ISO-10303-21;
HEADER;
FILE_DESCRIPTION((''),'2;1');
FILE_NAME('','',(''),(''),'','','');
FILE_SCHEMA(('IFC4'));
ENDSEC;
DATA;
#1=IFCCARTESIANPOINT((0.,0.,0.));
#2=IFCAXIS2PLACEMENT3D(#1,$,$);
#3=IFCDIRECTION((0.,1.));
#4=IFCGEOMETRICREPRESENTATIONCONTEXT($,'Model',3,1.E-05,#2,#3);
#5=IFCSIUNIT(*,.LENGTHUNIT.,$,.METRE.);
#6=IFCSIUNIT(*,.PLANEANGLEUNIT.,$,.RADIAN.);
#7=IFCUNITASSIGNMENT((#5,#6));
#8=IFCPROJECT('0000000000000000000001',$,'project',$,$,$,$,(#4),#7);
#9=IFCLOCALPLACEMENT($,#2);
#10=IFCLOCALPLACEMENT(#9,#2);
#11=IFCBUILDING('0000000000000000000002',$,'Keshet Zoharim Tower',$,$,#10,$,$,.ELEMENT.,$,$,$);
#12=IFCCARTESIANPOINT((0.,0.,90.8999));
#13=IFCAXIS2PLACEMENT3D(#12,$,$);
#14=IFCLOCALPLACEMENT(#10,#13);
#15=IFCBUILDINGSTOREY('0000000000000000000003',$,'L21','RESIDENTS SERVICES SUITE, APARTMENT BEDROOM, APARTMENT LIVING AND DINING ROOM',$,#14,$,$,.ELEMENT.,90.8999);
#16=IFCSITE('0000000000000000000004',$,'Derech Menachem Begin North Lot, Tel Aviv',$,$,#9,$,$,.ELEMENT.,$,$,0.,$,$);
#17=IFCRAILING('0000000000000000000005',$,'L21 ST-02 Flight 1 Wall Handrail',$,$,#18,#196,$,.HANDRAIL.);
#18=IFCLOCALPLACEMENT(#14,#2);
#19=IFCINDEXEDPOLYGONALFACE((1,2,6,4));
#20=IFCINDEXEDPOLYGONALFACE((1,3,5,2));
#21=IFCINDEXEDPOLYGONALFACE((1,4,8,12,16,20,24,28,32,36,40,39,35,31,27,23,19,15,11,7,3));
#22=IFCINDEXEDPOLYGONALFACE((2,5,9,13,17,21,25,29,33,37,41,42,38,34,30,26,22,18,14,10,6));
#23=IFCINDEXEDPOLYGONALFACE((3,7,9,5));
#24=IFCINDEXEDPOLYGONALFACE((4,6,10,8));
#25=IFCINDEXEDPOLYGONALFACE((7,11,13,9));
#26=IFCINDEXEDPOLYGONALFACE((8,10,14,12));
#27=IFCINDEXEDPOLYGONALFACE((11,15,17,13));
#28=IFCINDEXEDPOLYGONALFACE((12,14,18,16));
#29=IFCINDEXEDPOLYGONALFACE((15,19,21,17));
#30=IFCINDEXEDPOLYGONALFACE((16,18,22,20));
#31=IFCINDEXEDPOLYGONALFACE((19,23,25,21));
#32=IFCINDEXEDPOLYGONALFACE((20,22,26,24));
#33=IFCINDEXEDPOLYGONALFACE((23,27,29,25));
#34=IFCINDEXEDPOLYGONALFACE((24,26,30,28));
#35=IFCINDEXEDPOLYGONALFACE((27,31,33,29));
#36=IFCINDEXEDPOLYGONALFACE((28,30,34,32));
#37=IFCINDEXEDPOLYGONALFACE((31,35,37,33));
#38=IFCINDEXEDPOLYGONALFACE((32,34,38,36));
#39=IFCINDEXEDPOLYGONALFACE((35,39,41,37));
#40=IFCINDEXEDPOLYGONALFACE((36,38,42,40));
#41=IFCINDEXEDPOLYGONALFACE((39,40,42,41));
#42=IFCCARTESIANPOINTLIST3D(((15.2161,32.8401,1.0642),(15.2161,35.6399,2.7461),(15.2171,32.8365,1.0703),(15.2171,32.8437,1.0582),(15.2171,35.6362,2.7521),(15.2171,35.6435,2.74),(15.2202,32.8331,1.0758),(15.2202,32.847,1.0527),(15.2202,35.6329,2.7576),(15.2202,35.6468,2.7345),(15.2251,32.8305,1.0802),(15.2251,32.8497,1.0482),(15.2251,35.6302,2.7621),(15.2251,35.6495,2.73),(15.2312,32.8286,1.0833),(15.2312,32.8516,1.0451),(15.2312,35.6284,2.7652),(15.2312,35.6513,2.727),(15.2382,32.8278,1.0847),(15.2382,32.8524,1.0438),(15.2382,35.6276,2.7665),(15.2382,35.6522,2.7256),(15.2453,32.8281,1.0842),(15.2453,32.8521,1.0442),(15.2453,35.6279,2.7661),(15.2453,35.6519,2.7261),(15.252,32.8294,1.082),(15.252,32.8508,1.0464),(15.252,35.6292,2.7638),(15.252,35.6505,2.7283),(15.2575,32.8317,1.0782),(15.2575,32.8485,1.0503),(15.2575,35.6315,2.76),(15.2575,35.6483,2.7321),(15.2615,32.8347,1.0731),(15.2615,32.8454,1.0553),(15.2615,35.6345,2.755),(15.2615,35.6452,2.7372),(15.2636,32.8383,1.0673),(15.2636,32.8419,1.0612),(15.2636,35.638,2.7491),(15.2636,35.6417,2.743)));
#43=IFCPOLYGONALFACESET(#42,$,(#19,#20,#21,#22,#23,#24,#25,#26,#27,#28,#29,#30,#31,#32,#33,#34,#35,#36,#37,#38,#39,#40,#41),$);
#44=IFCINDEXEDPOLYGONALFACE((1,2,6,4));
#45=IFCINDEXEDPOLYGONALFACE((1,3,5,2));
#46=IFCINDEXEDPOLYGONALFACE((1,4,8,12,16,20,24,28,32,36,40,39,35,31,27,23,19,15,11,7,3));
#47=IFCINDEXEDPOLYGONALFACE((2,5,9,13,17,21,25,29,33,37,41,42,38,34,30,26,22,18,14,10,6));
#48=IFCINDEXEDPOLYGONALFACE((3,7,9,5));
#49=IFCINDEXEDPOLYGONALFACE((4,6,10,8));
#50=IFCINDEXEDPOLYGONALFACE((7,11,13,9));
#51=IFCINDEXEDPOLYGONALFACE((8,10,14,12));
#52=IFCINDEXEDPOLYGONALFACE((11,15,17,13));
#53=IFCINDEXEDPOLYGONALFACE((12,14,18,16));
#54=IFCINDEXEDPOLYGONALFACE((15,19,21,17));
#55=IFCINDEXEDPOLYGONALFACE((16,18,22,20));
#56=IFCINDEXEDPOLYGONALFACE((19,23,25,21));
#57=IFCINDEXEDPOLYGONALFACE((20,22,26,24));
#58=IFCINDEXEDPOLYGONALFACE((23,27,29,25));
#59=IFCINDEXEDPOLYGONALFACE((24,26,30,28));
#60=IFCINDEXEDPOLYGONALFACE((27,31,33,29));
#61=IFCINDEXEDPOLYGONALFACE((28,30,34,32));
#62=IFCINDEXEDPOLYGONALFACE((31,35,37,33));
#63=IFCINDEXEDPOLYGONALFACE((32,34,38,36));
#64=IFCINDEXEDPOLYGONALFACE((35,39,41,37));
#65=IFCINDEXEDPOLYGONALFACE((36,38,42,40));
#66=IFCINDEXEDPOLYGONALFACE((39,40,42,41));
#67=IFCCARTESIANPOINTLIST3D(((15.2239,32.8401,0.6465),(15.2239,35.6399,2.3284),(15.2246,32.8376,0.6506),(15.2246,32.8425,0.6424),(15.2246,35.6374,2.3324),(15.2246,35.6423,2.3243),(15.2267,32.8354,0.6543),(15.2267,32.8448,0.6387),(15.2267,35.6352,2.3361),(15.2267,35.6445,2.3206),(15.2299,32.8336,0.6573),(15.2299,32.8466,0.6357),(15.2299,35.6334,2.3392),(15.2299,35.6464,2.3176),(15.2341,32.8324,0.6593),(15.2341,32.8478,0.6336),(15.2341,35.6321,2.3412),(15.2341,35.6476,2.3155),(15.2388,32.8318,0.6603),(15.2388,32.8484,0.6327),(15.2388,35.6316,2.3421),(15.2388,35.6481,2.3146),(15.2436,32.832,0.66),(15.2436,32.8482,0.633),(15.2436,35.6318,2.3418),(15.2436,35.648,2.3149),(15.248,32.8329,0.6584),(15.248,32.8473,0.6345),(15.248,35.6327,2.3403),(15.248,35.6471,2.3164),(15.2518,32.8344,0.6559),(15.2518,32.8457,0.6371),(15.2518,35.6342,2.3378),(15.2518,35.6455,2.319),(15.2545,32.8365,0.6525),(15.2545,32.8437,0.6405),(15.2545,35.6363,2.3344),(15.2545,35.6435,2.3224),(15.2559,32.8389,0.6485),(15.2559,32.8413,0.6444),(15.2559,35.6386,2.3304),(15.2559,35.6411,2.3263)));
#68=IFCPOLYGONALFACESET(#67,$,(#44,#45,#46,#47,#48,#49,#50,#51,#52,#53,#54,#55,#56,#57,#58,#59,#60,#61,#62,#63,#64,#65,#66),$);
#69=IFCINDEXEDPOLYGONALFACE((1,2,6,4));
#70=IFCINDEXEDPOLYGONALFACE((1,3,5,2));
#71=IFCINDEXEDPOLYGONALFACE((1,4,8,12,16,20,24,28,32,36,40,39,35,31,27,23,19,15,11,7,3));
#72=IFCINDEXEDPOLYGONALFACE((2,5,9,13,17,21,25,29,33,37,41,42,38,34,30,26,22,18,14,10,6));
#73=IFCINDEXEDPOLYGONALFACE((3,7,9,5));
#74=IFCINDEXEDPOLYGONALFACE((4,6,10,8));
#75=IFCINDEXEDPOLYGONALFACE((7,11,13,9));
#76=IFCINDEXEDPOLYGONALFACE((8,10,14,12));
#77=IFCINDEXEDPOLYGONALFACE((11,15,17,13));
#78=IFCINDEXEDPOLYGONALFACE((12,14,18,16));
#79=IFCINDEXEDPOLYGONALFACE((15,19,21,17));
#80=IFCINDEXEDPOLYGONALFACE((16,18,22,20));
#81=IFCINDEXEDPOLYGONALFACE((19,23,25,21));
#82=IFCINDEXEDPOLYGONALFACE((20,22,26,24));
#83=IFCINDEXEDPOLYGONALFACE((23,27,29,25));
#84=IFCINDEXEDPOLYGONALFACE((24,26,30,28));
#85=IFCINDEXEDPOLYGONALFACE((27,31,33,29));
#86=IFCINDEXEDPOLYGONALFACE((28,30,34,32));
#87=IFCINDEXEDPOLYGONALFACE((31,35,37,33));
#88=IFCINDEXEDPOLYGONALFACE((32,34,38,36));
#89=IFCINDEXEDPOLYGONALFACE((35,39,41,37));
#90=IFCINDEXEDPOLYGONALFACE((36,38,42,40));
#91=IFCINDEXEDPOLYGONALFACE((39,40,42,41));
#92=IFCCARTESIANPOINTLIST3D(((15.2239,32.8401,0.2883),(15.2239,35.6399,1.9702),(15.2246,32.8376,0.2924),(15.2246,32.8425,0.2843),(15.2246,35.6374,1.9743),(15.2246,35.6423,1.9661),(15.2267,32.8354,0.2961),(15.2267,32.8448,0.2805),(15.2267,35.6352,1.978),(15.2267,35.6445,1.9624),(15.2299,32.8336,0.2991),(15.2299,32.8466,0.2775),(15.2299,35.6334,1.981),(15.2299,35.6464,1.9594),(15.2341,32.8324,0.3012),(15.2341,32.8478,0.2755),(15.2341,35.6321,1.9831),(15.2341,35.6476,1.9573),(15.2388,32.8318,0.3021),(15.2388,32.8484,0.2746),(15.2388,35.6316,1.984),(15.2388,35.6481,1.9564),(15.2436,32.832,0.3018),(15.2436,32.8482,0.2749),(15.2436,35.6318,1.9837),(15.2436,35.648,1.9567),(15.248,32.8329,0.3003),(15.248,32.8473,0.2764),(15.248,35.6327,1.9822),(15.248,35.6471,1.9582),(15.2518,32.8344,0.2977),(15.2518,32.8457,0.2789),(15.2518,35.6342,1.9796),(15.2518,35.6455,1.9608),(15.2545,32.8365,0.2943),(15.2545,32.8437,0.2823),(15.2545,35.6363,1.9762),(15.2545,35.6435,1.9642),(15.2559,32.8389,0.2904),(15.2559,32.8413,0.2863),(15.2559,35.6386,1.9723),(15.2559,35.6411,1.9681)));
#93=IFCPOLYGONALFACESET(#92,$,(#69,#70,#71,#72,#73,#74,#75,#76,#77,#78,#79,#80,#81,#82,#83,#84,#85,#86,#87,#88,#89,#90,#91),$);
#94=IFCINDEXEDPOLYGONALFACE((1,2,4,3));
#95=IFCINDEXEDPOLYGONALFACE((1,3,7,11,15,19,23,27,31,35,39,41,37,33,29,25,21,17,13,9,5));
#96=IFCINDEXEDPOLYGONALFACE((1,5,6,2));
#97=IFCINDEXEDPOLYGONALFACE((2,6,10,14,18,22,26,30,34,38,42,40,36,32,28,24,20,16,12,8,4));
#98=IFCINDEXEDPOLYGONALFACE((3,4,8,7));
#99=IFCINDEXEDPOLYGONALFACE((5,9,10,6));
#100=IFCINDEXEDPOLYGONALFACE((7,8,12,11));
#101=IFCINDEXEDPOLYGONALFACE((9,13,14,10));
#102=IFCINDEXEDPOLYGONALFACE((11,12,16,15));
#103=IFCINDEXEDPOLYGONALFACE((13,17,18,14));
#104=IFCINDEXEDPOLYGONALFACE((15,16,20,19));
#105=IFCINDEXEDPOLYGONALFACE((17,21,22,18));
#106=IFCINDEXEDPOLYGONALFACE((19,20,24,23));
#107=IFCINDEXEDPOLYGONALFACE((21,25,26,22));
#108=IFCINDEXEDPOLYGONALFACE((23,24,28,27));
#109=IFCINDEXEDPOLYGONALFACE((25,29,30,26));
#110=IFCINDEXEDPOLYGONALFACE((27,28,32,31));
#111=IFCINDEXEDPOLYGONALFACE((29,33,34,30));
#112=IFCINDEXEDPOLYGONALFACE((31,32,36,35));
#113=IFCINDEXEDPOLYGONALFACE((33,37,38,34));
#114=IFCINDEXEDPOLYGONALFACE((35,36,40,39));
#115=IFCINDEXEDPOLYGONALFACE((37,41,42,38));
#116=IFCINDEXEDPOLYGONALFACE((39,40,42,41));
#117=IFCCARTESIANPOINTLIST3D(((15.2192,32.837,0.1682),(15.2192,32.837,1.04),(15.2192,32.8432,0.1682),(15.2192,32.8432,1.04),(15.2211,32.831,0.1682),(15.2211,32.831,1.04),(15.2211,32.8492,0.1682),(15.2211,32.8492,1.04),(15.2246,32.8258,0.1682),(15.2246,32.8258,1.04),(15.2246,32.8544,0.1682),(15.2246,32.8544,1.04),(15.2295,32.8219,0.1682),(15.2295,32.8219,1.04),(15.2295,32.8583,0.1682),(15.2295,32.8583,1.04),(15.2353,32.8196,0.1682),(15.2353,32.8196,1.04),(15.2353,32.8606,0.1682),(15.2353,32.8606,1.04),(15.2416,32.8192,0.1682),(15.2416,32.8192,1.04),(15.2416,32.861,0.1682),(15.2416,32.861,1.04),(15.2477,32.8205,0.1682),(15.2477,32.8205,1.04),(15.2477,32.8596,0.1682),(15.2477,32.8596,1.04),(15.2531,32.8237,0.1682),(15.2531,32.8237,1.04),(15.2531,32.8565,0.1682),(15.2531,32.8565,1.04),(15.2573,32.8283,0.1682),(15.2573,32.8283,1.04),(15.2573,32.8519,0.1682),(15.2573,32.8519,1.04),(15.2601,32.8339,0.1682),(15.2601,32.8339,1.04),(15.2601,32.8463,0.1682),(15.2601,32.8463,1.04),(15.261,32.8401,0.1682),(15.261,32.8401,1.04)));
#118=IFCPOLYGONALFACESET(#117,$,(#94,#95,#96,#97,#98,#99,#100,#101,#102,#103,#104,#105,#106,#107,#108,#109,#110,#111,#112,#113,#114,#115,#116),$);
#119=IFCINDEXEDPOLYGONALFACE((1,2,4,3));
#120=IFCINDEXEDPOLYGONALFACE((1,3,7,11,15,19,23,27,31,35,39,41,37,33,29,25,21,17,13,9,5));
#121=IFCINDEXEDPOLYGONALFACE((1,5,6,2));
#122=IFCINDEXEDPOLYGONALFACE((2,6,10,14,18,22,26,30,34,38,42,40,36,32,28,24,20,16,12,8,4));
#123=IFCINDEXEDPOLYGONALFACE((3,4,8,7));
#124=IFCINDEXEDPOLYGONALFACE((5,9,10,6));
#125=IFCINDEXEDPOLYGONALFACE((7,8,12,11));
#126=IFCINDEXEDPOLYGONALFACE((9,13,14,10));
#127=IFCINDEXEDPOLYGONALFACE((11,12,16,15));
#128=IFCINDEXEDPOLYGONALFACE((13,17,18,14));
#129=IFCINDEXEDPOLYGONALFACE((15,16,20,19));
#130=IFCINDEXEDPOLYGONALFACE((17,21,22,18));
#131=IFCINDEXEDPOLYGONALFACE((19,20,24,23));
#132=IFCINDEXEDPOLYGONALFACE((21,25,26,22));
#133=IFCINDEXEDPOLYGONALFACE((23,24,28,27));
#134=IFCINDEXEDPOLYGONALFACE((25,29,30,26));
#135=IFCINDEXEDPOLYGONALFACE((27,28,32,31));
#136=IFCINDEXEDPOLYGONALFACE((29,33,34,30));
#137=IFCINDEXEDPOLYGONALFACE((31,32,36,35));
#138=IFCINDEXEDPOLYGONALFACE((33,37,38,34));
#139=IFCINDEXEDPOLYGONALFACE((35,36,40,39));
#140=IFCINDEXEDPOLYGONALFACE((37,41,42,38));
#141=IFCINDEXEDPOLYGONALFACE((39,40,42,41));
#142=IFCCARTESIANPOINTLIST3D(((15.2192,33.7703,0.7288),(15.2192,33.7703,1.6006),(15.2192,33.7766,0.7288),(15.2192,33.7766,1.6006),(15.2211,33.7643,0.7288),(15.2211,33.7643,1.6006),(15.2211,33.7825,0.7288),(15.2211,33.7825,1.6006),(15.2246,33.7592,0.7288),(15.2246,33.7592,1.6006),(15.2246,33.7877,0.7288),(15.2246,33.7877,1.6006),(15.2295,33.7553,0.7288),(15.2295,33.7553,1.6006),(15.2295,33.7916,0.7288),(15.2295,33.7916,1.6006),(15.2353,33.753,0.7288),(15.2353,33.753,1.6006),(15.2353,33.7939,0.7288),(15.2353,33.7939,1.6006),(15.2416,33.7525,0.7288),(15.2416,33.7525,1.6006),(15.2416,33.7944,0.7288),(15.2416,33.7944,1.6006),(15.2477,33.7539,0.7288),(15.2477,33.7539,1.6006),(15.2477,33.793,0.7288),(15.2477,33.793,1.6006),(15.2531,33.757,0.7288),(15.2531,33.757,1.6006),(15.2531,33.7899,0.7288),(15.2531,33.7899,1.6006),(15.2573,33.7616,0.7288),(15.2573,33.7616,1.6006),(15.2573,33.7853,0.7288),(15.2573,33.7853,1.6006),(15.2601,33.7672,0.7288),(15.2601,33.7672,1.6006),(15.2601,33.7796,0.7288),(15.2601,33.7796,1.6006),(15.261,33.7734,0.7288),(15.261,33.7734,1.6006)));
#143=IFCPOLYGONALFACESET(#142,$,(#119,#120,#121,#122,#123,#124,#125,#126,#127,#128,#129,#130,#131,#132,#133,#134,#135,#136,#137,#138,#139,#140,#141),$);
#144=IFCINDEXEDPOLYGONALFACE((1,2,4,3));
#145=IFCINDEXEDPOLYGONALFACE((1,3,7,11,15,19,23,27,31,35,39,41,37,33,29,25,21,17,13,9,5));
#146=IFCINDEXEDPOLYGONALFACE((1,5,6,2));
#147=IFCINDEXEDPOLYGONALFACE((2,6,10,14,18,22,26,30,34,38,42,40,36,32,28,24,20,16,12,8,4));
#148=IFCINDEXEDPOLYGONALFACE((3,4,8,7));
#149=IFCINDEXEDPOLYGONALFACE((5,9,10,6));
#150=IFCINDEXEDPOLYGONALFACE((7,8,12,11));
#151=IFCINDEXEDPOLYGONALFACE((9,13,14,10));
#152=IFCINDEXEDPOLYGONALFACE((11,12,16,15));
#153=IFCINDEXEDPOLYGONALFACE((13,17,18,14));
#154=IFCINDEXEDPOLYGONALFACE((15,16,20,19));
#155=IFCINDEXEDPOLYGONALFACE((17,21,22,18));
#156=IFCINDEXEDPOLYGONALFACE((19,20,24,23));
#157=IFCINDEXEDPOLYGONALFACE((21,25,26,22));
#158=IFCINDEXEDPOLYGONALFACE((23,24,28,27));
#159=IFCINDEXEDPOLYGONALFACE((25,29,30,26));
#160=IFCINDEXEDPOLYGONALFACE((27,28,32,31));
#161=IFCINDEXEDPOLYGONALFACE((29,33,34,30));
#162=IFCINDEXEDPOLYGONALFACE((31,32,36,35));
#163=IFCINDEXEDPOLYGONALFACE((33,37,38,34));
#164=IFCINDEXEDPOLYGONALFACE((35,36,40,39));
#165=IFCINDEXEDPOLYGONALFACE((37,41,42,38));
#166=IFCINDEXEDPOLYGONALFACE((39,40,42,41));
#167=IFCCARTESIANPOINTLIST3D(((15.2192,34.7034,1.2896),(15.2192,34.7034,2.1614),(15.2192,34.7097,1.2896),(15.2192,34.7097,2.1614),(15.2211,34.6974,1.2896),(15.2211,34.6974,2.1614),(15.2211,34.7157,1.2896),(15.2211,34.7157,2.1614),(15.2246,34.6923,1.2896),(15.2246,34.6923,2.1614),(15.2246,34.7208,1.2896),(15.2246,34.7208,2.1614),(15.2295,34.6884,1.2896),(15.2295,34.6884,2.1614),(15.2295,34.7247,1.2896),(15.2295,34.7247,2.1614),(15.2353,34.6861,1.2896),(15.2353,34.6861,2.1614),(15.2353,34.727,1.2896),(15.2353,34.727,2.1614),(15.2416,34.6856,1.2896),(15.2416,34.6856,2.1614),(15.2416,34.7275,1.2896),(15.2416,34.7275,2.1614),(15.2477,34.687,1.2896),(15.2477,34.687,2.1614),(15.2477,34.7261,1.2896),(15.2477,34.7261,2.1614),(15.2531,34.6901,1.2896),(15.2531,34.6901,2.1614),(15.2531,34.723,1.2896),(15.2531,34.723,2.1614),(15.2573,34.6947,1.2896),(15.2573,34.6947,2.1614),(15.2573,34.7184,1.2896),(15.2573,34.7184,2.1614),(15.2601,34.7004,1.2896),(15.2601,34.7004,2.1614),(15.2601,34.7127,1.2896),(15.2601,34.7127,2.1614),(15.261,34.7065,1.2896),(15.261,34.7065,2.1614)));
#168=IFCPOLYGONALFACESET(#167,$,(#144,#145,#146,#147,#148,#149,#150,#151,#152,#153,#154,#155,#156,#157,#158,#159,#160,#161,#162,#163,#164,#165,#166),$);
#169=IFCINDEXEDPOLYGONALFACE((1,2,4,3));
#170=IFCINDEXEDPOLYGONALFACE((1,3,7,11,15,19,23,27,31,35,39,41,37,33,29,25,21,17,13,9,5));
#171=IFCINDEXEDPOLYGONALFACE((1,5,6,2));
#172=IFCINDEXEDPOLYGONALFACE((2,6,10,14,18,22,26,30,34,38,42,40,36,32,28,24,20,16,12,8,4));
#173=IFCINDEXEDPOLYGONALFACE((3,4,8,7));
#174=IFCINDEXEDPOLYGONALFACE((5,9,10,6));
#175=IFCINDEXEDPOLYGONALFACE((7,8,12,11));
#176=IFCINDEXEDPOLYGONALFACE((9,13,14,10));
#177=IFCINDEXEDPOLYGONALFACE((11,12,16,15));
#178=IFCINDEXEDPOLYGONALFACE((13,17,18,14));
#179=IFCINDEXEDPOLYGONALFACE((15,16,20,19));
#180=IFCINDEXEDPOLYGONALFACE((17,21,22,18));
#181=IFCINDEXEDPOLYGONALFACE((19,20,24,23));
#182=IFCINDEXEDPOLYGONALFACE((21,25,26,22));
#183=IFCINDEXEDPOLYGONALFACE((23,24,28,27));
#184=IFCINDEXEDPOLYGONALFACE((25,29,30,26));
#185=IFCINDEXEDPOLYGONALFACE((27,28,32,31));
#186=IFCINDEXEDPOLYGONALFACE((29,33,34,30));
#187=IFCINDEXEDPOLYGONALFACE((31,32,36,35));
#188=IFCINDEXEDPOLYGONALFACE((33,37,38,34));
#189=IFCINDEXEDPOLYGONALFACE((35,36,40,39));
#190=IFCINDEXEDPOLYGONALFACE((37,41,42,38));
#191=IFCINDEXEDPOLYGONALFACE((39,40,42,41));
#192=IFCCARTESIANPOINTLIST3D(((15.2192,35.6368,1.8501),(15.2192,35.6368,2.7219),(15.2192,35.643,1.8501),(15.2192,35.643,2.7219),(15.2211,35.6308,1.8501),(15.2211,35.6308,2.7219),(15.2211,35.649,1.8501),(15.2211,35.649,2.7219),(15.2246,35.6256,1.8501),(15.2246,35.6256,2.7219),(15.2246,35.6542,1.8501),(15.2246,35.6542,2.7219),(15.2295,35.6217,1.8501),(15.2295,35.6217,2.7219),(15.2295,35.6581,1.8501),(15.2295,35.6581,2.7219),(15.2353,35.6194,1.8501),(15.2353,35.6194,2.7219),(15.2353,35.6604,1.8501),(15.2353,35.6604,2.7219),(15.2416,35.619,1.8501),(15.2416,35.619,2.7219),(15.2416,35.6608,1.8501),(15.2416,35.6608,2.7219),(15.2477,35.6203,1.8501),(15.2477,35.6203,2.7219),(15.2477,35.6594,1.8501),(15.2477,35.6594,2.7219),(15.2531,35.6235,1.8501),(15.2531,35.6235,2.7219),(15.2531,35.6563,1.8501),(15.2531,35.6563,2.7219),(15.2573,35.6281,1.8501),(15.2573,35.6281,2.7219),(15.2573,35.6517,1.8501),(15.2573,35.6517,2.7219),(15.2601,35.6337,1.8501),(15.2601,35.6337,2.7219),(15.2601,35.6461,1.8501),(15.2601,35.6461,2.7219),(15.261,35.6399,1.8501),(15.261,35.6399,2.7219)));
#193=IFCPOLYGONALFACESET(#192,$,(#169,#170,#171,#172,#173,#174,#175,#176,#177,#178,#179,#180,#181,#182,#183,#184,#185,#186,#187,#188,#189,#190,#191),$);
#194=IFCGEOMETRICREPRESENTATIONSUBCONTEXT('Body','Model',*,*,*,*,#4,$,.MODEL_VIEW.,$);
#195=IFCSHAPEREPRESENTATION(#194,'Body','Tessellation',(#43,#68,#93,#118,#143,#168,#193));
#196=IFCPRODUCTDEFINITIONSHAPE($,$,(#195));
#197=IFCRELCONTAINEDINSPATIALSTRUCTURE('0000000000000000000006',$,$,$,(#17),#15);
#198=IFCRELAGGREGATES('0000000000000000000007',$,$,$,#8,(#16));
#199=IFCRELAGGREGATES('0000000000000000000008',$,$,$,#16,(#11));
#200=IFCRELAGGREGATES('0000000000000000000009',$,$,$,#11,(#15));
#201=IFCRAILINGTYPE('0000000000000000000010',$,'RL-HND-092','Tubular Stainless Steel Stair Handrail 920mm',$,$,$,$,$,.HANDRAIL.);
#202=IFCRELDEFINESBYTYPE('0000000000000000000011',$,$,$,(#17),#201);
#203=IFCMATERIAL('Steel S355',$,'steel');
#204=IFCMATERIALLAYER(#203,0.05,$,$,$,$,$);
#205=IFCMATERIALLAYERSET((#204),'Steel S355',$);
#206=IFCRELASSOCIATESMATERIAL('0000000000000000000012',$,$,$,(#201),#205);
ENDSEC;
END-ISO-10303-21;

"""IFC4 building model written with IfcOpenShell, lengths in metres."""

from ifc_helpers import new_model, si_unit, direction, frame, origin, origin_2d, place, context, subcontext, project, spatial, circle, extrude, material, layer, layer_set, type_object, element, save


model = new_model("IFC4")

# Units and contexts
model_context = context("Model", 3, precision=1e-05, world=origin(), true_north=direction((0.0, 1.0)))
body_context = subcontext(model_context, "Body", "Model", "MODEL_VIEW")
ifc_project = project(units=[si_unit("LENGTHUNIT", "METRE"), si_unit("PLANEANGLEUNIT", "RADIAN")], contexts=[model_context])

# Site, building, storey
site_placement = place(None, origin())
site = spatial("IfcSite", under=ifc_project, at=site_placement, Name="Derech Menachem Begin North Lot, Tel Aviv", CompositionType="ELEMENT", RefElevation=0.0)
building_placement = place(site_placement, origin())
building = spatial("IfcBuilding", under=site, at=building_placement, Name="Keshet Zoharim Tower", CompositionType="ELEMENT")
storey_placement = place(building_placement, frame((0.0, 0.0, 90.8999)))
storey = spatial("IfcBuildingStorey", under=building, at=storey_placement, Name="L21", Description="RESIDENTS SERVICES SUITE, APARTMENT BEDROOM, APARTMENT LIVING AND DINING ROOM", CompositionType="ELEMENT", Elevation=90.8999)

# Shared definitions
ifc_material_1 = material(Name="Steel S355", Category="steel")

# Railing
ifc_layer_1 = layer(ifc_material_1, 0.05)
ifc_layer_set_1 = layer_set([ifc_layer_1], Name="Steel S355")
railing_type_1 = type_object("IfcRailingType", Name="RL-HND-092", Description="Tubular Stainless Steel Stair Handrail 920mm", PredefinedType="HANDRAIL", material=ifc_layer_set_1)
railing_1_placement = place(storey_placement, frame((15.24, 32.8401, 0.1682)))
element("IfcRailing", 1, at=railing_1_placement, inside=storey, type_object=railing_type_1, Name="L21 ST-02 Flight 1 Wall Handrail", PredefinedType="HANDRAIL", context=body_context, shape_type="SweptSolid", body=[
    extrude(circle(Radius=0.0239, at=origin_2d()), frame((0.0, 0.0, 0.896), z_axis=(0.0, 0.857222, 0.514946), x_axis=(-1.0, 0.0, 0.0)), (0.0, 0.0, 1.0), 3.2661),
    extrude(circle(Radius=0.0161, at=origin_2d()), frame((0.0, 0.0, 0.4783), z_axis=(0.0, 0.857222, 0.514946), x_axis=(-1.0, 0.0, 0.0)), (0.0, 0.0, 1.0), 3.2661),
    extrude(circle(Radius=0.0161, at=origin_2d()), frame((0.0, 0.0, 0.1201), z_axis=(0.0, 0.857222, 0.514946), x_axis=(-1.0, 0.0, 0.0)), (0.0, 0.0, 1.0), 3.2661),
    extrude(circle(Radius=0.021, at=origin_2d()), origin(), (0.0, 0.0, 1.0), 0.8718),
    extrude(circle(Radius=0.021, at=origin_2d()), frame((0.0, 0.9333, 0.5605)), (0.0, 0.0, 1.0), 0.8718),
    extrude(circle(Radius=0.021, at=origin_2d()), frame((0.0, 1.8665, 1.1213)), (0.0, 0.0, 1.0), 0.8718),
    extrude(circle(Radius=0.021, at=origin_2d()), frame((0.0, 2.7998, 1.6819)), (0.0, 0.0, 1.0), 0.8718),
])

save(model, "model.ifc")
